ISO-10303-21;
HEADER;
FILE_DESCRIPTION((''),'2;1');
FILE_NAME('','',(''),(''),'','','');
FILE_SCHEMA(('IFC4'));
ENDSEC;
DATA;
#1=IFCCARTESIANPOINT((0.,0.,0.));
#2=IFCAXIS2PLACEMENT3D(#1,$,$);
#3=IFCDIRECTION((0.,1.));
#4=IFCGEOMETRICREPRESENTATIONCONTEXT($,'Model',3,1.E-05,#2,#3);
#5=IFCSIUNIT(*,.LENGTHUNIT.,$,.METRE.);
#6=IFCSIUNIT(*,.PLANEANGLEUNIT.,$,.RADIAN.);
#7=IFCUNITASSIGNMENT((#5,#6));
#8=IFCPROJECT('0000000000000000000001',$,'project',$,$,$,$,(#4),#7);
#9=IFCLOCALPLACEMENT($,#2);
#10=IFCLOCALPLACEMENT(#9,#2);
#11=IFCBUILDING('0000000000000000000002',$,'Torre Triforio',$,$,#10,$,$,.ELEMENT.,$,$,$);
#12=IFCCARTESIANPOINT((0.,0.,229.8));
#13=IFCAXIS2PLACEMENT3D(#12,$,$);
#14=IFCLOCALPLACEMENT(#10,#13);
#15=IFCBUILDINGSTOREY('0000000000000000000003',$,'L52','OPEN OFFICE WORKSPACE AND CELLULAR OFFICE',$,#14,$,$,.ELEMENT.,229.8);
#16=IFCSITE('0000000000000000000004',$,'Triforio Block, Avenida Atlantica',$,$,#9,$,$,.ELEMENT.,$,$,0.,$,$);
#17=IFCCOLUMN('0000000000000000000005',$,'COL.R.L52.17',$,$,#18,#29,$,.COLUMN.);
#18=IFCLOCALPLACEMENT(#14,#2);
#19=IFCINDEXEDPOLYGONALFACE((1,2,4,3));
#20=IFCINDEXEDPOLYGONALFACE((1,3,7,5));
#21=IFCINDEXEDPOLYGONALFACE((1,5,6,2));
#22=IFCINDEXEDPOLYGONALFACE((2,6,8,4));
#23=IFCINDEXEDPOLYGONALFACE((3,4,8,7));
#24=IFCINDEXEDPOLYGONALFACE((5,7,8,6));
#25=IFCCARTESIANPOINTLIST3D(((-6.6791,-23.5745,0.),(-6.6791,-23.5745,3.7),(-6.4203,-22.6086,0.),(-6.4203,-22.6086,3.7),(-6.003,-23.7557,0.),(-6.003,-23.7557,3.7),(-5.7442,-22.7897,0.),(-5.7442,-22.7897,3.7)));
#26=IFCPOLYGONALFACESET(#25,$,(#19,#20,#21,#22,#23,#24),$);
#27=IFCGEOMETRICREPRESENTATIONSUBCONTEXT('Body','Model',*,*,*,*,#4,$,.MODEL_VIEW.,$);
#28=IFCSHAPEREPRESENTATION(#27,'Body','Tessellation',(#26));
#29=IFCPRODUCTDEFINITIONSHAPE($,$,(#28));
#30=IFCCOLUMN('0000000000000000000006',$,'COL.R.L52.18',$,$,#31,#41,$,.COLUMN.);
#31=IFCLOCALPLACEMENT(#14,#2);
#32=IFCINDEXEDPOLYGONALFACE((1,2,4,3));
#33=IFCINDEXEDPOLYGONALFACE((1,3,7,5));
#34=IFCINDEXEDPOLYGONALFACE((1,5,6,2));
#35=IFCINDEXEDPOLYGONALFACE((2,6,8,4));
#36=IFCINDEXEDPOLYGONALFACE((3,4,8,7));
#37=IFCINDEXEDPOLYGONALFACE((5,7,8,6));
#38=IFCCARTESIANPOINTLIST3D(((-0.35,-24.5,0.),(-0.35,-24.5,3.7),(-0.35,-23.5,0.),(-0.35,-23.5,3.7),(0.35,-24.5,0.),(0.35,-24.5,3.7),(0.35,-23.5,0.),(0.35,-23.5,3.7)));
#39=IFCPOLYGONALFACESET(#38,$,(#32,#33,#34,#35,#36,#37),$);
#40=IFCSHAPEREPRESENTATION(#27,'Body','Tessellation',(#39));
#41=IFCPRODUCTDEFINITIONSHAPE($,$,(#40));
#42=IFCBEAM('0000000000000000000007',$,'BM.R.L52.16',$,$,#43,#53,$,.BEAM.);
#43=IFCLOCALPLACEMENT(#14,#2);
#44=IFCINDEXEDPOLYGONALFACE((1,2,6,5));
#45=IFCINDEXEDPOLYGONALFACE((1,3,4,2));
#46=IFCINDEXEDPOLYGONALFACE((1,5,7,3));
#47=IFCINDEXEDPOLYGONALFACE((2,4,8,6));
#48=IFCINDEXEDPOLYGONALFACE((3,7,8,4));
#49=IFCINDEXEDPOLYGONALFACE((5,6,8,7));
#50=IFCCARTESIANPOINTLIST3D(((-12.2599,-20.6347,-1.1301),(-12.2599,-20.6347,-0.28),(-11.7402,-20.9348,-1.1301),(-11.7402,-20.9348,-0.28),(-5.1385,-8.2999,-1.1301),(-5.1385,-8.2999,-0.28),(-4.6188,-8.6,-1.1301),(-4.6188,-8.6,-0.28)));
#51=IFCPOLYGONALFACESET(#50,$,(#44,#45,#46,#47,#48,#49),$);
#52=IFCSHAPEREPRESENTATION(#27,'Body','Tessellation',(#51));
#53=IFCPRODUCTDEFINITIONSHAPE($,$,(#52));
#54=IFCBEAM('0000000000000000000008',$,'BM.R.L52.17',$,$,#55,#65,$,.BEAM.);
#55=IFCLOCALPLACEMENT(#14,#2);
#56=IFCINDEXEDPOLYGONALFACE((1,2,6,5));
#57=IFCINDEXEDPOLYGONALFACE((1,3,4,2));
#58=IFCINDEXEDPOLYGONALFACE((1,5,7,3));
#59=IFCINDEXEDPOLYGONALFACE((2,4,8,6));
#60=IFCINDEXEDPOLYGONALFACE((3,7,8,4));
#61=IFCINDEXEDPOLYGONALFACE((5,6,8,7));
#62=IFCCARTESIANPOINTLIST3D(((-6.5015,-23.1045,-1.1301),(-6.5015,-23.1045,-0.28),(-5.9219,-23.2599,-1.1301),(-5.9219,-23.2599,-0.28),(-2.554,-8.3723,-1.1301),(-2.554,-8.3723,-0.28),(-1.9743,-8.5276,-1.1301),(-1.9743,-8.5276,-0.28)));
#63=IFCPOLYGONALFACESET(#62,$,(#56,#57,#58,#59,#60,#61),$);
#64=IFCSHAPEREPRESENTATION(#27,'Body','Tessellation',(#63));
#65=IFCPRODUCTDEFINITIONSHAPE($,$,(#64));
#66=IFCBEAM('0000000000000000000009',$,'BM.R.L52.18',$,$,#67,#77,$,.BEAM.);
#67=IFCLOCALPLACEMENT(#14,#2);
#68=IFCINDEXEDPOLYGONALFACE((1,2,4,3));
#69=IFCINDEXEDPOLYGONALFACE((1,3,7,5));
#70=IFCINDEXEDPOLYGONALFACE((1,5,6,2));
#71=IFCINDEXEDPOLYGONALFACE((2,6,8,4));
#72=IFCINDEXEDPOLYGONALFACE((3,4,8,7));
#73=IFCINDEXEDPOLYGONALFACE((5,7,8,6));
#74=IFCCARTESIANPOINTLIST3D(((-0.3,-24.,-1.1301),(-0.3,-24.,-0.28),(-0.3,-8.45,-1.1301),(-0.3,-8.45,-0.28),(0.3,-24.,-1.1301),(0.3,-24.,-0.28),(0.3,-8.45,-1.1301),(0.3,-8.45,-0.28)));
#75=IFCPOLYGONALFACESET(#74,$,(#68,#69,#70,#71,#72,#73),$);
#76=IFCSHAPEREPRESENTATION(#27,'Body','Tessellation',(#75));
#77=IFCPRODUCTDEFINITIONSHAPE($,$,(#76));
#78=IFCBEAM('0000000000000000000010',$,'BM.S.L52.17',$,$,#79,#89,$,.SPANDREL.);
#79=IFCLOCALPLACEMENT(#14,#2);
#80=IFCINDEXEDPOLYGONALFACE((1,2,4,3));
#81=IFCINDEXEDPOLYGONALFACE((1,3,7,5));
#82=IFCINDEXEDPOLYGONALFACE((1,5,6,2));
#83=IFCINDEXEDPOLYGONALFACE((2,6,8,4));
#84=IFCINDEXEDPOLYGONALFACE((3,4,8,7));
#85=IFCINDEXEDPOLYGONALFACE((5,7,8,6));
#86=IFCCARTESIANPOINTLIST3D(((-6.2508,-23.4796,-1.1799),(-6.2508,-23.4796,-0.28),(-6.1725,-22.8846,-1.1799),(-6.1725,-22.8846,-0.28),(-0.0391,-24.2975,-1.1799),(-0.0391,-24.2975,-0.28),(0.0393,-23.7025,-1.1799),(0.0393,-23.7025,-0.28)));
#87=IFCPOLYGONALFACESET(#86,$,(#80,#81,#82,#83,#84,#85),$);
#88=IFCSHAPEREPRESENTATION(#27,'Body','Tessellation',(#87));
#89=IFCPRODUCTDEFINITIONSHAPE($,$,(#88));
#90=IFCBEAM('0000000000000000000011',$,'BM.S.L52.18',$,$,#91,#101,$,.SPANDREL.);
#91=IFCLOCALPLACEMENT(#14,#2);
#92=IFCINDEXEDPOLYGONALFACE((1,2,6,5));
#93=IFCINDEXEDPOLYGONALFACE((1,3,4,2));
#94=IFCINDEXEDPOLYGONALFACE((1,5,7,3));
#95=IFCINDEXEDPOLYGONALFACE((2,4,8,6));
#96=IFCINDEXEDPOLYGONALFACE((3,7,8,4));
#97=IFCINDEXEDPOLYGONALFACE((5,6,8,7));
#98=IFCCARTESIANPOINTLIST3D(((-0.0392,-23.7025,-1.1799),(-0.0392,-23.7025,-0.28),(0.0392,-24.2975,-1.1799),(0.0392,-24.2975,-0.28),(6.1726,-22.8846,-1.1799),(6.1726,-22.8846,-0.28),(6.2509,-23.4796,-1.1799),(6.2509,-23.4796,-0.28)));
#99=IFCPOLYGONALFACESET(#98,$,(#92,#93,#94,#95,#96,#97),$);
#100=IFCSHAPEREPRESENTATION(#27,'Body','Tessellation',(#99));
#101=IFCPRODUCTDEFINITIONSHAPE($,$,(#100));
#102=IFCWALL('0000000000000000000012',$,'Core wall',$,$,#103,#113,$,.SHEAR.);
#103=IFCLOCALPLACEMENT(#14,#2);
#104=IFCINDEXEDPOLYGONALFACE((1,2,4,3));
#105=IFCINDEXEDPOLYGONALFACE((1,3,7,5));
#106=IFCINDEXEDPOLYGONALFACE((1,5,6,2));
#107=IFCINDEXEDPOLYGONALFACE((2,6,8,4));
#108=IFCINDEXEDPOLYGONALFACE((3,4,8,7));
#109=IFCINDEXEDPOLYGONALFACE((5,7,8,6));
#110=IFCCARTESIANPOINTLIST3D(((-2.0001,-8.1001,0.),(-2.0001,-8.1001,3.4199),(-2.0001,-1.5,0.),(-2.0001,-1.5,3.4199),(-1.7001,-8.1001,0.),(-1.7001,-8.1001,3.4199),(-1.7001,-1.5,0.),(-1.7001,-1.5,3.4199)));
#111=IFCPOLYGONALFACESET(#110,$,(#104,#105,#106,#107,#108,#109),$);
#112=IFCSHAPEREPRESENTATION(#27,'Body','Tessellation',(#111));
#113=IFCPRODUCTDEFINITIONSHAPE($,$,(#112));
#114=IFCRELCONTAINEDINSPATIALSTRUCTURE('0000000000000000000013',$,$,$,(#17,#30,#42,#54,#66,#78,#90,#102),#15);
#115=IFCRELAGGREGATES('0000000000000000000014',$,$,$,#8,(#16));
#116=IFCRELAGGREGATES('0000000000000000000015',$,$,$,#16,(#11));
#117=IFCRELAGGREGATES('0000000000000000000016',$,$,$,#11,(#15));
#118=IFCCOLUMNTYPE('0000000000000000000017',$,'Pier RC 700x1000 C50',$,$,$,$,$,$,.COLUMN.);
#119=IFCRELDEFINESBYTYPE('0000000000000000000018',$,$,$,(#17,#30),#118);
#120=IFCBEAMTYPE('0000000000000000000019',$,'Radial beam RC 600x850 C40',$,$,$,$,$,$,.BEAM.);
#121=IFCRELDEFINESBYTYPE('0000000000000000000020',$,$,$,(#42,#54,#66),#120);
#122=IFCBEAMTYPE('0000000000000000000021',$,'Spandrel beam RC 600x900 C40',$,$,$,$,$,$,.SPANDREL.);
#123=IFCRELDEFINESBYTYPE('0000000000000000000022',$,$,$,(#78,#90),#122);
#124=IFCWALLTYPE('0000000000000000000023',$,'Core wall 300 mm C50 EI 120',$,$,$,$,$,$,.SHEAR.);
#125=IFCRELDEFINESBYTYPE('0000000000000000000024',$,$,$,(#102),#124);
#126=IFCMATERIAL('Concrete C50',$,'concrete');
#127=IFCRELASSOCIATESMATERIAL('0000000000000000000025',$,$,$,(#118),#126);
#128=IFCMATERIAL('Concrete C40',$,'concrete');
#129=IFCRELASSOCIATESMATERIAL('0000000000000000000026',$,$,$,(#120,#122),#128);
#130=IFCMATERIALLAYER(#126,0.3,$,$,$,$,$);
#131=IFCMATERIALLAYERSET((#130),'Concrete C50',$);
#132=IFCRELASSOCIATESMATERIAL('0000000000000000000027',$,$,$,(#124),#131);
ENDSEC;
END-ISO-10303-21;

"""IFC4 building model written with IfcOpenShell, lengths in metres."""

from ifc_helpers import new_model, si_unit, direction, frame, frame_2d, origin, origin_2d, place, context, subcontext, project, spatial, rectangle, extrude, material, layer, layer_set, material_profile, profile_set, type_object, element, save


model = new_model("IFC4")

# Units and contexts
model_context = context("Model", 3, precision=1e-05, world=origin(), true_north=direction((0.0, 1.0)))
body_context = subcontext(model_context, "Body", "Model", "MODEL_VIEW")
ifc_project = project(units=[si_unit("LENGTHUNIT", "METRE"), si_unit("PLANEANGLEUNIT", "RADIAN")], contexts=[model_context])

# Site, building, storey
site_placement = place(None, origin())
site = spatial("IfcSite", under=ifc_project, at=site_placement, Name="Triforio Block, Avenida Atlantica", CompositionType="ELEMENT", RefElevation=0.0)
building_placement = place(site_placement, origin())
building = spatial("IfcBuilding", under=site, at=building_placement, Name="Torre Triforio", CompositionType="ELEMENT")
storey_placement = place(building_placement, frame((0.0, 0.0, 229.8)))
storey = spatial("IfcBuildingStorey", under=building, at=storey_placement, Name="L52", Description="OPEN OFFICE WORKSPACE AND CELLULAR OFFICE", CompositionType="ELEMENT", Elevation=229.8)

# Columns
ifc_material_1 = material(Name="Concrete C50", Category="concrete")
ifc_material_profile_1 = material_profile(ifc_material_1, rectangle(XDim=0.7, YDim=1.0, at=origin_2d()), Name="RC 700x1000")
ifc_profile_set_1 = profile_set([ifc_material_profile_1], Name="Concrete C50")
column_type = type_object("IfcColumnType", Name="Pier RC 700x1000 C50", PredefinedType="COLUMN", material=ifc_profile_set_1)
for number, where, z_axis, x_axis, name in (
    (1, (-6.2117, -23.1821, 0.0), (0.0, 0.0, 1.0), (0.965926, -0.258819, 0.0), "COL.R.L52.17"),
    (2, (0.0, -24.0, 0.0), (0.0, 0.0, 1.0), (1.0, 0.0, 0.0), "COL.R.L52.18"),
):
    element("IfcColumn", number, at=place(storey_placement, frame(where, z_axis=z_axis, x_axis=x_axis)), inside=storey, type_object=column_type, Name=name, PredefinedType="COLUMN", context=body_context, shape_type="SweptSolid", body=[
        extrude(rectangle(XDim=0.7, YDim=1.0, at=origin_2d()), origin(), (0.0, 0.0, 1.0), 3.7),
    ])

# Beams
ifc_material_2 = material(Name="Concrete C40", Category="concrete")
ifc_material_profile_2 = material_profile(ifc_material_2, rectangle(XDim=0.6001, YDim=0.8501, at=origin_2d()), Name="RC 600x850")
ifc_profile_set_2 = profile_set([ifc_material_profile_2], Name="Concrete C40")
beam_type_1 = type_object("IfcBeamType", Name="Radial beam RC 600x850 C40", PredefinedType="BEAM", material=ifc_profile_set_2)
beam_1_placement = place(storey_placement, frame((-4.8787, -8.45, -0.7051), z_axis=(-0.499994, -0.866029, 0.0), x_axis=(0.866029, -0.499994, 0.0)))
element("IfcBeam", 3, at=beam_1_placement, inside=storey, type_object=beam_type_1, Name="BM.R.L52.16", PredefinedType="BEAM", context=body_context, shape_type="SweptSolid", body=[
    extrude(rectangle(XDim=0.6001, YDim=0.8501, at=origin_2d()), origin(), (0.0, 0.0, 1.0), 14.2429),
])
beam_2_placement = place(storey_placement, frame((-2.2642, -8.45, -0.7051), z_axis=(-0.258821, -0.965925, 0.0), x_axis=(0.965925, -0.258821, 0.0)))
element("IfcBeam", 4, at=beam_2_placement, inside=storey, type_object=beam_type_1, Name="BM.R.L52.17", PredefinedType="BEAM", context=body_context, shape_type="SweptSolid", body=[
    extrude(rectangle(XDim=0.6001, YDim=0.8501, at=origin_2d()), origin(), (0.0, 0.0, 1.0), 15.252),
])
beam_3_placement = place(storey_placement, frame((0.0, -8.45, -0.7051), z_axis=(0.0, -1.0, 0.0), x_axis=(1.0, 0.0, 0.0)))
element("IfcBeam", 5, at=beam_3_placement, inside=storey, type_object=beam_type_1, Name="BM.R.L52.18", PredefinedType="BEAM", context=body_context, shape_type="SweptSolid", body=[
    extrude(rectangle(XDim=0.6001, YDim=0.8501, at=origin_2d()), origin(), (0.0, 0.0, 1.0), 15.55),
])
ifc_material_profile_3 = material_profile(ifc_material_2, rectangle(XDim=0.6001, YDim=0.8999, at=origin_2d()), Name="RC 600x900")
ifc_profile_set_3 = profile_set([ifc_material_profile_3], Name="Concrete C40")
beam_type_2 = type_object("IfcBeamType", Name="Spandrel beam RC 600x900 C40", PredefinedType="SPANDREL", material=ifc_profile_set_3)
for number, where, z_axis, x_axis, name in (
    (6, (-6.2117, -23.1821, -0.73), (0.991443, -0.13054, 0.0), (0.13054, 0.991443, 0.0), "BM.S.L52.17"),
    (7, (0.0, -24.0, -0.73), (0.991443, 0.13054, 0.0), (-0.13054, 0.991443, 0.0), "BM.S.L52.18"),
):
    element("IfcBeam", number, at=place(storey_placement, frame(where, z_axis=z_axis, x_axis=x_axis)), inside=storey, type_object=beam_type_2, Name=name, PredefinedType="SPANDREL", context=body_context, shape_type="SweptSolid", body=[
        extrude(rectangle(XDim=0.6001, YDim=0.8999, at=origin_2d()), origin(), (0.0, 0.0, 1.0), 6.2654),
    ])

# Wall
ifc_layer_1 = layer(ifc_material_1, 0.3)
ifc_layer_set_1 = layer_set([ifc_layer_1], Name="Concrete C50")
wall_type_1 = type_object("IfcWallType", Name="Core wall 300 mm C50 EI 120", PredefinedType="SHEAR", material=ifc_layer_set_1)
wall_1_placement = place(storey_placement, frame((-1.8501, -8.1001, 0.0), z_axis=(0.0, 0.0, 1.0), x_axis=(0.0, 1.0, 0.0)))
element("IfcWall", 8, at=wall_1_placement, inside=storey, type_object=wall_type_1, Name="Core wall", PredefinedType="SHEAR", context=body_context, shape_type="SweptSolid", body=[
    extrude(rectangle(XDim=6.6001, YDim=0.3, at=frame_2d((3.3, 0.0))), origin(), (0.0, 0.0, 1.0), 3.4199),
])

save(model, "model.ifc")
